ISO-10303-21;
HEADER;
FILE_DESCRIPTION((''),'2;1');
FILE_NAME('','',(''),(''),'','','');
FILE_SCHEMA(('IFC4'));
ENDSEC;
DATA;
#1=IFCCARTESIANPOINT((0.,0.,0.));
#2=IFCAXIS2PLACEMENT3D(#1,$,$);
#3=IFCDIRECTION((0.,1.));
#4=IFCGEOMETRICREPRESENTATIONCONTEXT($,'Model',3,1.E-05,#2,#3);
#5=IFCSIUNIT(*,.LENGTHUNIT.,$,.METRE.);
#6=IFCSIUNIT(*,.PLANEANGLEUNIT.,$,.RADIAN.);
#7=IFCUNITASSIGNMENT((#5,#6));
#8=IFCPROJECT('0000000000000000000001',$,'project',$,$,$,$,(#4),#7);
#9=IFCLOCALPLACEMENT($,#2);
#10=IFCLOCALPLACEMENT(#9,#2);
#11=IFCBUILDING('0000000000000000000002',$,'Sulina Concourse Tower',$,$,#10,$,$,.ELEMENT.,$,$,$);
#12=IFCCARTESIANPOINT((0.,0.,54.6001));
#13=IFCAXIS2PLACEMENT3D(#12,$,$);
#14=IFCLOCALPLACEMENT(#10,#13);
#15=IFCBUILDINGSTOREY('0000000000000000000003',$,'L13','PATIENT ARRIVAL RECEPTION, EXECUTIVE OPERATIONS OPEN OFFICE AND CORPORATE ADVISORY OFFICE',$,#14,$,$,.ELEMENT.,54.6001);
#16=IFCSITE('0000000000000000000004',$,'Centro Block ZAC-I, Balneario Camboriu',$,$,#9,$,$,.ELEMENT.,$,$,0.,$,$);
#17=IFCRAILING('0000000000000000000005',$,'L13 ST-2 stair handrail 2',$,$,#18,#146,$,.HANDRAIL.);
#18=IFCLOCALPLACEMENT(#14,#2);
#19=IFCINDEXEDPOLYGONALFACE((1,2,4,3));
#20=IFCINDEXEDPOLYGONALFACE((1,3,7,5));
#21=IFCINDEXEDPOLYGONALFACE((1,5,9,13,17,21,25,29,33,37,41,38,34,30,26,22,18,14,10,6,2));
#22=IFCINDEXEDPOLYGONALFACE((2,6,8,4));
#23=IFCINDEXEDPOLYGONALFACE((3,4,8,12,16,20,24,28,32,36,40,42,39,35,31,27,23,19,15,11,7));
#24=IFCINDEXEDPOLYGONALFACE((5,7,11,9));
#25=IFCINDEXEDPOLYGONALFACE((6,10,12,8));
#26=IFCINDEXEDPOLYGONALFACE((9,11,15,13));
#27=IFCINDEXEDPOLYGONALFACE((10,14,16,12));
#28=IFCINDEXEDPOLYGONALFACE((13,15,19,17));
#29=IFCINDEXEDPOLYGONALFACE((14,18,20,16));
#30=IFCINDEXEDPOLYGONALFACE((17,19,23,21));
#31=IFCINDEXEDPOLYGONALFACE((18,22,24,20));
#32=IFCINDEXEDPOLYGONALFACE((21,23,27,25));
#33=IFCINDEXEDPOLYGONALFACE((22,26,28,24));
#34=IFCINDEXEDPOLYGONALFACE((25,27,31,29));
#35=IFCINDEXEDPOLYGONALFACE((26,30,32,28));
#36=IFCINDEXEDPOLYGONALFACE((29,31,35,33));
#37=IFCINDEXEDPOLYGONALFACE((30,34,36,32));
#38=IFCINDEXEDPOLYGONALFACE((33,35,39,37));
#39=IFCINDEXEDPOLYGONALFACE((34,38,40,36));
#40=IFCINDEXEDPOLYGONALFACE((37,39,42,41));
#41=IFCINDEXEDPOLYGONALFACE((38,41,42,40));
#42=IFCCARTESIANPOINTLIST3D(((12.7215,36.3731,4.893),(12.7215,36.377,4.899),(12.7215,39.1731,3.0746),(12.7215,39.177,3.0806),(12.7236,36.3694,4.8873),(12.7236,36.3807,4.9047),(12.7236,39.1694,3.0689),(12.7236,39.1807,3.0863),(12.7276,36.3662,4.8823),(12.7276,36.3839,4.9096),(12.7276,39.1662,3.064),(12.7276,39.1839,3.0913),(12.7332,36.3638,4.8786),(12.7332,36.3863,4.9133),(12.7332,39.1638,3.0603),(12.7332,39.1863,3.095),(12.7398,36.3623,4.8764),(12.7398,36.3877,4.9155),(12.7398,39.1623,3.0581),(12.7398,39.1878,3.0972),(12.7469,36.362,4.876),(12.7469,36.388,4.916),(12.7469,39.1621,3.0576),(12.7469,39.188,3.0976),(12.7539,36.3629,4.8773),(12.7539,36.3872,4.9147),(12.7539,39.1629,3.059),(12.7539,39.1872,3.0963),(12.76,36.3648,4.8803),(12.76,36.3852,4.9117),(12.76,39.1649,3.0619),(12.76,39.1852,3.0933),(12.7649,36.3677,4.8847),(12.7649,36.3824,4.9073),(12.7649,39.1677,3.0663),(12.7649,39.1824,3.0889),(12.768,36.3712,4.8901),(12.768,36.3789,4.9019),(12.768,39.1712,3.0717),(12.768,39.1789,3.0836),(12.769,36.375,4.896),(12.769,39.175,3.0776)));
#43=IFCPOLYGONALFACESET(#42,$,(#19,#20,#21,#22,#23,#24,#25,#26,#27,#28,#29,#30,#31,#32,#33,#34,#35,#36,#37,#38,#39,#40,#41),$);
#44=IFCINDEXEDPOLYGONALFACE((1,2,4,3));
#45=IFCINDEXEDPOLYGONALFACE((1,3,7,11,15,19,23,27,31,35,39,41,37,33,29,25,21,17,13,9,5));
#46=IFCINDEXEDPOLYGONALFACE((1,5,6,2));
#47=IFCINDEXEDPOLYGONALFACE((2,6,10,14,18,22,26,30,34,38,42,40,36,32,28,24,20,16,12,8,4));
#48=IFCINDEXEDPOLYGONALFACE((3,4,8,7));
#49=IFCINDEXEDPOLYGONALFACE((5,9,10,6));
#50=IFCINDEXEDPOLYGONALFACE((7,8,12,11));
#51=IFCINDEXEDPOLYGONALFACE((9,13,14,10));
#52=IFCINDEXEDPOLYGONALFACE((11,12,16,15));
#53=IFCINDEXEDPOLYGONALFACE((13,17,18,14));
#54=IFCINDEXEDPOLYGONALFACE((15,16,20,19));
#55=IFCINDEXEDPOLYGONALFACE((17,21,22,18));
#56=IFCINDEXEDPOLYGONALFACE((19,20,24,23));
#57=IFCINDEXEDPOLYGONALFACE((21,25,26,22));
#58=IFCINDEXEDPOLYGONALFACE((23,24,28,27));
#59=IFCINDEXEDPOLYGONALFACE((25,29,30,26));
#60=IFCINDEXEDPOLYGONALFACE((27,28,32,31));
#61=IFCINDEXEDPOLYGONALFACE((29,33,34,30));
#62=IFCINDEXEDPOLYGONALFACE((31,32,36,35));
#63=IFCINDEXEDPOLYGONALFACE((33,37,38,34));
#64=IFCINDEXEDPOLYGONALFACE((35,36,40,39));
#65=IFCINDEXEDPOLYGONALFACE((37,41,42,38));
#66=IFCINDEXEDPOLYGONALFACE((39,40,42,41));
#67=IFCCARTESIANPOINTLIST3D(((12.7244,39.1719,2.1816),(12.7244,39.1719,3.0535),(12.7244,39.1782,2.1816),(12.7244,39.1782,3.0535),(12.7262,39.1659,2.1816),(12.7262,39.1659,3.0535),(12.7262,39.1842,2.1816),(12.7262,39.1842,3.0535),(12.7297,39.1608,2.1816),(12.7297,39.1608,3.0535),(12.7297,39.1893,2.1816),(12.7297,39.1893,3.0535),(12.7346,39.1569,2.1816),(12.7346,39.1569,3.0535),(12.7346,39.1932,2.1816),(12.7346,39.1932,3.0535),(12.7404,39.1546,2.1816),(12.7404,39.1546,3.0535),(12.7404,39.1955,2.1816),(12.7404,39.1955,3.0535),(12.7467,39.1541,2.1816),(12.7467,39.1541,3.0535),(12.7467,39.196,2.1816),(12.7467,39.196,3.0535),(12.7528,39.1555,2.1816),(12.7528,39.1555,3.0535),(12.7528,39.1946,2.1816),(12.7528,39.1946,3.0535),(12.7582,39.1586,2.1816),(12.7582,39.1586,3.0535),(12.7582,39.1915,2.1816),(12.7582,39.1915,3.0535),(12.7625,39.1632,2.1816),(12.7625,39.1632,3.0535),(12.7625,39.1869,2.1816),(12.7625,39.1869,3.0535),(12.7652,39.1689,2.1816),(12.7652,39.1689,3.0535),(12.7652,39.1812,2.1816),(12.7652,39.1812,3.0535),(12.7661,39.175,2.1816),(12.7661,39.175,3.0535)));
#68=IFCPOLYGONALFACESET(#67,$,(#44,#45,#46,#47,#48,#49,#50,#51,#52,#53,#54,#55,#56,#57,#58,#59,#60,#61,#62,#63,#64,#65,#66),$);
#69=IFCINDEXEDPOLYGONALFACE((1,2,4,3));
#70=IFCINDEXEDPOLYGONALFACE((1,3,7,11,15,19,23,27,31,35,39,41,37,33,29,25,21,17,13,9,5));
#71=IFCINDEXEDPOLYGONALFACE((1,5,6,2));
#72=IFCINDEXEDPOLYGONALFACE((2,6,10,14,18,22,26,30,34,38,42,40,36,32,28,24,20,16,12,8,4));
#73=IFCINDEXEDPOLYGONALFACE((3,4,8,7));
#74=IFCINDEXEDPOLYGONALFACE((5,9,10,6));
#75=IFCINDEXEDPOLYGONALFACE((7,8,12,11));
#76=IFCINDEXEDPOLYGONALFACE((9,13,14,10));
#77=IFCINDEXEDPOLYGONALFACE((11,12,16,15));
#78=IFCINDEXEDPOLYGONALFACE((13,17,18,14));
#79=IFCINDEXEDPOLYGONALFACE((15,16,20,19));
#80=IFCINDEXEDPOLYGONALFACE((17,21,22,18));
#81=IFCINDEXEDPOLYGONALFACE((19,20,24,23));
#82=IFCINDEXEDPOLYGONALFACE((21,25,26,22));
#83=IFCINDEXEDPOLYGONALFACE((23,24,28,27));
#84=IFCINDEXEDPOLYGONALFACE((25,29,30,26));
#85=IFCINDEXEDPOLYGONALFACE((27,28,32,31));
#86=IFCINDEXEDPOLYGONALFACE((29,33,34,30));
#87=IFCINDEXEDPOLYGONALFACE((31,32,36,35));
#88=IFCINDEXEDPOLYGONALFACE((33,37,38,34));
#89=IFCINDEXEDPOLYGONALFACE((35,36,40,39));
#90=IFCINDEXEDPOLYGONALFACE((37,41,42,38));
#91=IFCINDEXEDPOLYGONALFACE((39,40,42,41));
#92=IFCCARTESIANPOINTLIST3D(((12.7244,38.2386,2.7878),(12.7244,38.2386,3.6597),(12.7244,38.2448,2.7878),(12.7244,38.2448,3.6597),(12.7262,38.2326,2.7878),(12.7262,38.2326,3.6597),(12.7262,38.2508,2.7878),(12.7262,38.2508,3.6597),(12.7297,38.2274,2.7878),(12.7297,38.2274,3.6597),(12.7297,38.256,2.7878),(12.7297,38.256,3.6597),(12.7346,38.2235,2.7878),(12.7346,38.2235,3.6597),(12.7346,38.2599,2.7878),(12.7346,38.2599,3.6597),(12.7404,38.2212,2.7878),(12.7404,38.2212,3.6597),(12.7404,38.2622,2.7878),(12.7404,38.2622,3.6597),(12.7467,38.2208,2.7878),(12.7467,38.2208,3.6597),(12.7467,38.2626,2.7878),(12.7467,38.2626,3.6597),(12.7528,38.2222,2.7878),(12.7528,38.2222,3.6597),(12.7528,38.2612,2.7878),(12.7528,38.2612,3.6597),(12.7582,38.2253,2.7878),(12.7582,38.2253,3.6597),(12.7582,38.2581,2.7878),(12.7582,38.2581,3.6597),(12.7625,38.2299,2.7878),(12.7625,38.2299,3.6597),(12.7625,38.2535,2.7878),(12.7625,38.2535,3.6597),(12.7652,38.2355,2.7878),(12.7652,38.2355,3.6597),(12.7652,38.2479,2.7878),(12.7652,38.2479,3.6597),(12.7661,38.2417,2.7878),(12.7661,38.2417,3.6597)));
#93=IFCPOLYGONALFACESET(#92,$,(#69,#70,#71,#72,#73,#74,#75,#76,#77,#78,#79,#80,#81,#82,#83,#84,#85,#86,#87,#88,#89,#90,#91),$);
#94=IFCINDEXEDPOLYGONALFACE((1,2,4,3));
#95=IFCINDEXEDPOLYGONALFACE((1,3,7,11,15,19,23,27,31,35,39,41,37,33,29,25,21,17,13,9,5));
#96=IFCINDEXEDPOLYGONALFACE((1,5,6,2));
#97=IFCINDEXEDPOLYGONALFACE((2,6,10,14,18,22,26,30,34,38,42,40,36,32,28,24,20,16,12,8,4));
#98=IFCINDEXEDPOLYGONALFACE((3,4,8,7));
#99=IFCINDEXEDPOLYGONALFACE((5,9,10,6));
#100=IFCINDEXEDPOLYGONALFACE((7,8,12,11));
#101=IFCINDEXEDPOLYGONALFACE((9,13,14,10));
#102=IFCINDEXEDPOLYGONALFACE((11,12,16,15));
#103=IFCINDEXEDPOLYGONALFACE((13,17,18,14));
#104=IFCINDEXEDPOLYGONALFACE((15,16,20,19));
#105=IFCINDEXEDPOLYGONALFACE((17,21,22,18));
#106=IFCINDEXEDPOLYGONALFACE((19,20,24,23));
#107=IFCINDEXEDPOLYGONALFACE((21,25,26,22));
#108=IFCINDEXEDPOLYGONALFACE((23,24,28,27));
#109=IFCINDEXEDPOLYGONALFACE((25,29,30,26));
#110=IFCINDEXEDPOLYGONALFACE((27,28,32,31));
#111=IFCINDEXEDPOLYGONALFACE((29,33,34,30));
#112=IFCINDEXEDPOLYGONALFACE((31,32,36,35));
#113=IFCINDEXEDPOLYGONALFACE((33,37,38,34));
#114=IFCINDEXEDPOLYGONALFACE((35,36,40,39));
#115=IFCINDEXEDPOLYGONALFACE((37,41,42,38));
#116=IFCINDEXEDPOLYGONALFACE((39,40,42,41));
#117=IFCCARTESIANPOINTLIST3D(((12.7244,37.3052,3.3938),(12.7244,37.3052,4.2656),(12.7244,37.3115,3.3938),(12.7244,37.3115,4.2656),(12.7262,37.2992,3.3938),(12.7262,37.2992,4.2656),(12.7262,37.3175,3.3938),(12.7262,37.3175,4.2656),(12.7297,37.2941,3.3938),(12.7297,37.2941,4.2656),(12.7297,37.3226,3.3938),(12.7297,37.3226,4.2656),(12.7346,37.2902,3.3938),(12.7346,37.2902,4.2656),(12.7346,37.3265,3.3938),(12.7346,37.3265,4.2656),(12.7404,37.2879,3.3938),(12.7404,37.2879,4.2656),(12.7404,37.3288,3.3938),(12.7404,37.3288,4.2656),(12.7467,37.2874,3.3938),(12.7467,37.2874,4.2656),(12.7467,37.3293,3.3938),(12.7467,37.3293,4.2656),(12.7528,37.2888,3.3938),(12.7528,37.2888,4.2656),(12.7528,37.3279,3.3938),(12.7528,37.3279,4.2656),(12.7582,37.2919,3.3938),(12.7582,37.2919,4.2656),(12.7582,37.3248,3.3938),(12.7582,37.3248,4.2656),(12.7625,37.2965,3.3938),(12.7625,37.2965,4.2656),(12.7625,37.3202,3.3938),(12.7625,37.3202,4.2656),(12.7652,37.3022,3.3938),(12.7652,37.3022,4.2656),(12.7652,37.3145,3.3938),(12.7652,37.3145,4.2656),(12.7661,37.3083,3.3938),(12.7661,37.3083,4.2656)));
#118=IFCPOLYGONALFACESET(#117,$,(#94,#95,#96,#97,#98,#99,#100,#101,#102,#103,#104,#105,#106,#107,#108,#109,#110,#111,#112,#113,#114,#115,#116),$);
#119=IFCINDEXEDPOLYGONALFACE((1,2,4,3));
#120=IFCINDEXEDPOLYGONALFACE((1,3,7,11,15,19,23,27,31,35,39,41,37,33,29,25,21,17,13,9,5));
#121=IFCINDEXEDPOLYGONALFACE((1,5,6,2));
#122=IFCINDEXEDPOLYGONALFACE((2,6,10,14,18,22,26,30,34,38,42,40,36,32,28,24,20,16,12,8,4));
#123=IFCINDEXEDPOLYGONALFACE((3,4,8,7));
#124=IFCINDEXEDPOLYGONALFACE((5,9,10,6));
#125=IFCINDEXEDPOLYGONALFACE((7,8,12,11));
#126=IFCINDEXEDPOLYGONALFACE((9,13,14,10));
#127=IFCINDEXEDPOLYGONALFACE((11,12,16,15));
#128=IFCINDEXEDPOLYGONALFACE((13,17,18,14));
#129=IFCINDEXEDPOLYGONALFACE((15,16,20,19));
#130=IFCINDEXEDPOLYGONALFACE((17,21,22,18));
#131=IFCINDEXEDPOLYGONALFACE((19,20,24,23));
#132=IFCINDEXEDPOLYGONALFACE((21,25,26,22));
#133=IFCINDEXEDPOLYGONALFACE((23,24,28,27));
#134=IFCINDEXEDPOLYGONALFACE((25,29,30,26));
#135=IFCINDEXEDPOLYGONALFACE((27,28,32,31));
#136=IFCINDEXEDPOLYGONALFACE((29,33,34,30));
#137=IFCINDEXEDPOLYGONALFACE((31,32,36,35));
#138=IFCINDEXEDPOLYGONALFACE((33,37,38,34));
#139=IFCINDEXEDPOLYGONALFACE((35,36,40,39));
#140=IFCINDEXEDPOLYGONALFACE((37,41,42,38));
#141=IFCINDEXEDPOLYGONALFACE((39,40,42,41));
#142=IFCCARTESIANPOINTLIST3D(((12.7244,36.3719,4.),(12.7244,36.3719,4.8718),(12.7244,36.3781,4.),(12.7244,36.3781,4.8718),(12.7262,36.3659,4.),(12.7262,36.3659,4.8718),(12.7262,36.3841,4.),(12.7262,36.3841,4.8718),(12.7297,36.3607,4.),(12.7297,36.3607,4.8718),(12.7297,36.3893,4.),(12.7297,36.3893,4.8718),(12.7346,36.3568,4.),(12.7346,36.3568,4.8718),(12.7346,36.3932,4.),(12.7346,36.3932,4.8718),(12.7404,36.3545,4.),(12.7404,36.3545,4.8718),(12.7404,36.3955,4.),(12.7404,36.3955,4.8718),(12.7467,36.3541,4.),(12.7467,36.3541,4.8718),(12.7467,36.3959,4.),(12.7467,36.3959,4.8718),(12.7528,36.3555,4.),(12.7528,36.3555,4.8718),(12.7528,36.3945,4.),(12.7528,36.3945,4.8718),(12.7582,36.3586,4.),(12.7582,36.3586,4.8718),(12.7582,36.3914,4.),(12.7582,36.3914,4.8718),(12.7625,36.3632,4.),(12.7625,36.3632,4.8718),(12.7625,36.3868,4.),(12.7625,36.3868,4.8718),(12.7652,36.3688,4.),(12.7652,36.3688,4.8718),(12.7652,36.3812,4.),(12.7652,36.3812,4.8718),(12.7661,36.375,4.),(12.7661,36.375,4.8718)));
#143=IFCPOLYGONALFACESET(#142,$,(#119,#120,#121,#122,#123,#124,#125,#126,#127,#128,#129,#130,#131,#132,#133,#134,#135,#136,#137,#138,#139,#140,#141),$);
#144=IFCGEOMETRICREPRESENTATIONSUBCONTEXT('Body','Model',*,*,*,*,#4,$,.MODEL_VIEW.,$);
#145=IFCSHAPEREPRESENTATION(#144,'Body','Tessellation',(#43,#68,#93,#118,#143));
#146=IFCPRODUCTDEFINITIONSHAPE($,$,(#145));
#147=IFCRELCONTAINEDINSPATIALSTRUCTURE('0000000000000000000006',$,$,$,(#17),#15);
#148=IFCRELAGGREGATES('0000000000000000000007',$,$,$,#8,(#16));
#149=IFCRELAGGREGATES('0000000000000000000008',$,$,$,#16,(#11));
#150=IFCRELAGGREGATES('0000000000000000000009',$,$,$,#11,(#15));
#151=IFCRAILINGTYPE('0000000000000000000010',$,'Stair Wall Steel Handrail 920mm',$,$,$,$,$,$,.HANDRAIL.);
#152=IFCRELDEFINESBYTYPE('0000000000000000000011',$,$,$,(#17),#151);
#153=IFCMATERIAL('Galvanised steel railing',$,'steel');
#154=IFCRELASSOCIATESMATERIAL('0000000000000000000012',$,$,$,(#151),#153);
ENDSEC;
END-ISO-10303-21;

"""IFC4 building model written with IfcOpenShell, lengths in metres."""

from ifc_helpers import new_model, si_unit, direction, frame, origin, origin_2d, place, context, subcontext, project, spatial, circle, extrude, material, type_object, element, save


model = new_model("IFC4")

# Units and contexts
model_context = context("Model", 3, precision=1e-05, world=origin(), true_north=direction((0.0, 1.0)))
body_context = subcontext(model_context, "Body", "Model", "MODEL_VIEW")
ifc_project = project(units=[si_unit("LENGTHUNIT", "METRE"), si_unit("PLANEANGLEUNIT", "RADIAN")], contexts=[model_context])

# Site, building, storey
site_placement = place(None, origin())
site = spatial("IfcSite", under=ifc_project, at=site_placement, Name="Centro Block ZAC-I, Balneario Camboriu", CompositionType="ELEMENT", RefElevation=0.0)
building_placement = place(site_placement, origin())
building = spatial("IfcBuilding", under=site, at=building_placement, Name="Sulina Concourse Tower", CompositionType="ELEMENT")
storey_placement = place(building_placement, frame((0.0, 0.0, 54.6001)))
storey = spatial("IfcBuildingStorey", under=building, at=storey_placement, Name="L13", Description="PATIENT ARRIVAL RECEPTION, EXECUTIVE OPERATIONS OPEN OFFICE AND CORPORATE ADVISORY OFFICE", CompositionType="ELEMENT", Elevation=54.6001)

# Railing
ifc_material_1 = material(Name="Galvanised steel railing", Category="steel")
railing_type_1 = type_object("IfcRailingType", Name="Stair Wall Steel Handrail 920mm", PredefinedType="HANDRAIL", material=ifc_material_1)
railing_1_placement = place(storey_placement, frame((12.7451, 39.175, 2.1816)))
element("IfcRailing", 1, at=railing_1_placement, inside=storey, type_object=railing_type_1, Name="L13 ST-2 stair handrail 2", PredefinedType="HANDRAIL", context=body_context, shape_type="SweptSolid", body=[
    extrude(circle(Radius=0.0239, at=origin_2d()), frame((0.0, 0.0, 0.896), z_axis=(0.0, -0.838672, 0.544636), x_axis=(1.0, 0.0, 0.0)), (0.0, 0.0, 1.0), 3.3386),
    extrude(circle(Radius=0.021, at=origin_2d()), origin(), (0.0, 0.0, 1.0), 0.8718),
    extrude(circle(Radius=0.021, at=origin_2d()), frame((0.0, -0.9333, 0.6062)), (0.0, 0.0, 1.0), 0.8718),
    extrude(circle(Radius=0.021, at=origin_2d()), frame((0.0, -1.8667, 1.2122)), (0.0, 0.0, 1.0), 0.8718),
    extrude(circle(Radius=0.021, at=origin_2d()), frame((0.0, -2.8, 1.8184)), (0.0, 0.0, 1.0), 0.8718),
])

save(model, "model.ifc")
